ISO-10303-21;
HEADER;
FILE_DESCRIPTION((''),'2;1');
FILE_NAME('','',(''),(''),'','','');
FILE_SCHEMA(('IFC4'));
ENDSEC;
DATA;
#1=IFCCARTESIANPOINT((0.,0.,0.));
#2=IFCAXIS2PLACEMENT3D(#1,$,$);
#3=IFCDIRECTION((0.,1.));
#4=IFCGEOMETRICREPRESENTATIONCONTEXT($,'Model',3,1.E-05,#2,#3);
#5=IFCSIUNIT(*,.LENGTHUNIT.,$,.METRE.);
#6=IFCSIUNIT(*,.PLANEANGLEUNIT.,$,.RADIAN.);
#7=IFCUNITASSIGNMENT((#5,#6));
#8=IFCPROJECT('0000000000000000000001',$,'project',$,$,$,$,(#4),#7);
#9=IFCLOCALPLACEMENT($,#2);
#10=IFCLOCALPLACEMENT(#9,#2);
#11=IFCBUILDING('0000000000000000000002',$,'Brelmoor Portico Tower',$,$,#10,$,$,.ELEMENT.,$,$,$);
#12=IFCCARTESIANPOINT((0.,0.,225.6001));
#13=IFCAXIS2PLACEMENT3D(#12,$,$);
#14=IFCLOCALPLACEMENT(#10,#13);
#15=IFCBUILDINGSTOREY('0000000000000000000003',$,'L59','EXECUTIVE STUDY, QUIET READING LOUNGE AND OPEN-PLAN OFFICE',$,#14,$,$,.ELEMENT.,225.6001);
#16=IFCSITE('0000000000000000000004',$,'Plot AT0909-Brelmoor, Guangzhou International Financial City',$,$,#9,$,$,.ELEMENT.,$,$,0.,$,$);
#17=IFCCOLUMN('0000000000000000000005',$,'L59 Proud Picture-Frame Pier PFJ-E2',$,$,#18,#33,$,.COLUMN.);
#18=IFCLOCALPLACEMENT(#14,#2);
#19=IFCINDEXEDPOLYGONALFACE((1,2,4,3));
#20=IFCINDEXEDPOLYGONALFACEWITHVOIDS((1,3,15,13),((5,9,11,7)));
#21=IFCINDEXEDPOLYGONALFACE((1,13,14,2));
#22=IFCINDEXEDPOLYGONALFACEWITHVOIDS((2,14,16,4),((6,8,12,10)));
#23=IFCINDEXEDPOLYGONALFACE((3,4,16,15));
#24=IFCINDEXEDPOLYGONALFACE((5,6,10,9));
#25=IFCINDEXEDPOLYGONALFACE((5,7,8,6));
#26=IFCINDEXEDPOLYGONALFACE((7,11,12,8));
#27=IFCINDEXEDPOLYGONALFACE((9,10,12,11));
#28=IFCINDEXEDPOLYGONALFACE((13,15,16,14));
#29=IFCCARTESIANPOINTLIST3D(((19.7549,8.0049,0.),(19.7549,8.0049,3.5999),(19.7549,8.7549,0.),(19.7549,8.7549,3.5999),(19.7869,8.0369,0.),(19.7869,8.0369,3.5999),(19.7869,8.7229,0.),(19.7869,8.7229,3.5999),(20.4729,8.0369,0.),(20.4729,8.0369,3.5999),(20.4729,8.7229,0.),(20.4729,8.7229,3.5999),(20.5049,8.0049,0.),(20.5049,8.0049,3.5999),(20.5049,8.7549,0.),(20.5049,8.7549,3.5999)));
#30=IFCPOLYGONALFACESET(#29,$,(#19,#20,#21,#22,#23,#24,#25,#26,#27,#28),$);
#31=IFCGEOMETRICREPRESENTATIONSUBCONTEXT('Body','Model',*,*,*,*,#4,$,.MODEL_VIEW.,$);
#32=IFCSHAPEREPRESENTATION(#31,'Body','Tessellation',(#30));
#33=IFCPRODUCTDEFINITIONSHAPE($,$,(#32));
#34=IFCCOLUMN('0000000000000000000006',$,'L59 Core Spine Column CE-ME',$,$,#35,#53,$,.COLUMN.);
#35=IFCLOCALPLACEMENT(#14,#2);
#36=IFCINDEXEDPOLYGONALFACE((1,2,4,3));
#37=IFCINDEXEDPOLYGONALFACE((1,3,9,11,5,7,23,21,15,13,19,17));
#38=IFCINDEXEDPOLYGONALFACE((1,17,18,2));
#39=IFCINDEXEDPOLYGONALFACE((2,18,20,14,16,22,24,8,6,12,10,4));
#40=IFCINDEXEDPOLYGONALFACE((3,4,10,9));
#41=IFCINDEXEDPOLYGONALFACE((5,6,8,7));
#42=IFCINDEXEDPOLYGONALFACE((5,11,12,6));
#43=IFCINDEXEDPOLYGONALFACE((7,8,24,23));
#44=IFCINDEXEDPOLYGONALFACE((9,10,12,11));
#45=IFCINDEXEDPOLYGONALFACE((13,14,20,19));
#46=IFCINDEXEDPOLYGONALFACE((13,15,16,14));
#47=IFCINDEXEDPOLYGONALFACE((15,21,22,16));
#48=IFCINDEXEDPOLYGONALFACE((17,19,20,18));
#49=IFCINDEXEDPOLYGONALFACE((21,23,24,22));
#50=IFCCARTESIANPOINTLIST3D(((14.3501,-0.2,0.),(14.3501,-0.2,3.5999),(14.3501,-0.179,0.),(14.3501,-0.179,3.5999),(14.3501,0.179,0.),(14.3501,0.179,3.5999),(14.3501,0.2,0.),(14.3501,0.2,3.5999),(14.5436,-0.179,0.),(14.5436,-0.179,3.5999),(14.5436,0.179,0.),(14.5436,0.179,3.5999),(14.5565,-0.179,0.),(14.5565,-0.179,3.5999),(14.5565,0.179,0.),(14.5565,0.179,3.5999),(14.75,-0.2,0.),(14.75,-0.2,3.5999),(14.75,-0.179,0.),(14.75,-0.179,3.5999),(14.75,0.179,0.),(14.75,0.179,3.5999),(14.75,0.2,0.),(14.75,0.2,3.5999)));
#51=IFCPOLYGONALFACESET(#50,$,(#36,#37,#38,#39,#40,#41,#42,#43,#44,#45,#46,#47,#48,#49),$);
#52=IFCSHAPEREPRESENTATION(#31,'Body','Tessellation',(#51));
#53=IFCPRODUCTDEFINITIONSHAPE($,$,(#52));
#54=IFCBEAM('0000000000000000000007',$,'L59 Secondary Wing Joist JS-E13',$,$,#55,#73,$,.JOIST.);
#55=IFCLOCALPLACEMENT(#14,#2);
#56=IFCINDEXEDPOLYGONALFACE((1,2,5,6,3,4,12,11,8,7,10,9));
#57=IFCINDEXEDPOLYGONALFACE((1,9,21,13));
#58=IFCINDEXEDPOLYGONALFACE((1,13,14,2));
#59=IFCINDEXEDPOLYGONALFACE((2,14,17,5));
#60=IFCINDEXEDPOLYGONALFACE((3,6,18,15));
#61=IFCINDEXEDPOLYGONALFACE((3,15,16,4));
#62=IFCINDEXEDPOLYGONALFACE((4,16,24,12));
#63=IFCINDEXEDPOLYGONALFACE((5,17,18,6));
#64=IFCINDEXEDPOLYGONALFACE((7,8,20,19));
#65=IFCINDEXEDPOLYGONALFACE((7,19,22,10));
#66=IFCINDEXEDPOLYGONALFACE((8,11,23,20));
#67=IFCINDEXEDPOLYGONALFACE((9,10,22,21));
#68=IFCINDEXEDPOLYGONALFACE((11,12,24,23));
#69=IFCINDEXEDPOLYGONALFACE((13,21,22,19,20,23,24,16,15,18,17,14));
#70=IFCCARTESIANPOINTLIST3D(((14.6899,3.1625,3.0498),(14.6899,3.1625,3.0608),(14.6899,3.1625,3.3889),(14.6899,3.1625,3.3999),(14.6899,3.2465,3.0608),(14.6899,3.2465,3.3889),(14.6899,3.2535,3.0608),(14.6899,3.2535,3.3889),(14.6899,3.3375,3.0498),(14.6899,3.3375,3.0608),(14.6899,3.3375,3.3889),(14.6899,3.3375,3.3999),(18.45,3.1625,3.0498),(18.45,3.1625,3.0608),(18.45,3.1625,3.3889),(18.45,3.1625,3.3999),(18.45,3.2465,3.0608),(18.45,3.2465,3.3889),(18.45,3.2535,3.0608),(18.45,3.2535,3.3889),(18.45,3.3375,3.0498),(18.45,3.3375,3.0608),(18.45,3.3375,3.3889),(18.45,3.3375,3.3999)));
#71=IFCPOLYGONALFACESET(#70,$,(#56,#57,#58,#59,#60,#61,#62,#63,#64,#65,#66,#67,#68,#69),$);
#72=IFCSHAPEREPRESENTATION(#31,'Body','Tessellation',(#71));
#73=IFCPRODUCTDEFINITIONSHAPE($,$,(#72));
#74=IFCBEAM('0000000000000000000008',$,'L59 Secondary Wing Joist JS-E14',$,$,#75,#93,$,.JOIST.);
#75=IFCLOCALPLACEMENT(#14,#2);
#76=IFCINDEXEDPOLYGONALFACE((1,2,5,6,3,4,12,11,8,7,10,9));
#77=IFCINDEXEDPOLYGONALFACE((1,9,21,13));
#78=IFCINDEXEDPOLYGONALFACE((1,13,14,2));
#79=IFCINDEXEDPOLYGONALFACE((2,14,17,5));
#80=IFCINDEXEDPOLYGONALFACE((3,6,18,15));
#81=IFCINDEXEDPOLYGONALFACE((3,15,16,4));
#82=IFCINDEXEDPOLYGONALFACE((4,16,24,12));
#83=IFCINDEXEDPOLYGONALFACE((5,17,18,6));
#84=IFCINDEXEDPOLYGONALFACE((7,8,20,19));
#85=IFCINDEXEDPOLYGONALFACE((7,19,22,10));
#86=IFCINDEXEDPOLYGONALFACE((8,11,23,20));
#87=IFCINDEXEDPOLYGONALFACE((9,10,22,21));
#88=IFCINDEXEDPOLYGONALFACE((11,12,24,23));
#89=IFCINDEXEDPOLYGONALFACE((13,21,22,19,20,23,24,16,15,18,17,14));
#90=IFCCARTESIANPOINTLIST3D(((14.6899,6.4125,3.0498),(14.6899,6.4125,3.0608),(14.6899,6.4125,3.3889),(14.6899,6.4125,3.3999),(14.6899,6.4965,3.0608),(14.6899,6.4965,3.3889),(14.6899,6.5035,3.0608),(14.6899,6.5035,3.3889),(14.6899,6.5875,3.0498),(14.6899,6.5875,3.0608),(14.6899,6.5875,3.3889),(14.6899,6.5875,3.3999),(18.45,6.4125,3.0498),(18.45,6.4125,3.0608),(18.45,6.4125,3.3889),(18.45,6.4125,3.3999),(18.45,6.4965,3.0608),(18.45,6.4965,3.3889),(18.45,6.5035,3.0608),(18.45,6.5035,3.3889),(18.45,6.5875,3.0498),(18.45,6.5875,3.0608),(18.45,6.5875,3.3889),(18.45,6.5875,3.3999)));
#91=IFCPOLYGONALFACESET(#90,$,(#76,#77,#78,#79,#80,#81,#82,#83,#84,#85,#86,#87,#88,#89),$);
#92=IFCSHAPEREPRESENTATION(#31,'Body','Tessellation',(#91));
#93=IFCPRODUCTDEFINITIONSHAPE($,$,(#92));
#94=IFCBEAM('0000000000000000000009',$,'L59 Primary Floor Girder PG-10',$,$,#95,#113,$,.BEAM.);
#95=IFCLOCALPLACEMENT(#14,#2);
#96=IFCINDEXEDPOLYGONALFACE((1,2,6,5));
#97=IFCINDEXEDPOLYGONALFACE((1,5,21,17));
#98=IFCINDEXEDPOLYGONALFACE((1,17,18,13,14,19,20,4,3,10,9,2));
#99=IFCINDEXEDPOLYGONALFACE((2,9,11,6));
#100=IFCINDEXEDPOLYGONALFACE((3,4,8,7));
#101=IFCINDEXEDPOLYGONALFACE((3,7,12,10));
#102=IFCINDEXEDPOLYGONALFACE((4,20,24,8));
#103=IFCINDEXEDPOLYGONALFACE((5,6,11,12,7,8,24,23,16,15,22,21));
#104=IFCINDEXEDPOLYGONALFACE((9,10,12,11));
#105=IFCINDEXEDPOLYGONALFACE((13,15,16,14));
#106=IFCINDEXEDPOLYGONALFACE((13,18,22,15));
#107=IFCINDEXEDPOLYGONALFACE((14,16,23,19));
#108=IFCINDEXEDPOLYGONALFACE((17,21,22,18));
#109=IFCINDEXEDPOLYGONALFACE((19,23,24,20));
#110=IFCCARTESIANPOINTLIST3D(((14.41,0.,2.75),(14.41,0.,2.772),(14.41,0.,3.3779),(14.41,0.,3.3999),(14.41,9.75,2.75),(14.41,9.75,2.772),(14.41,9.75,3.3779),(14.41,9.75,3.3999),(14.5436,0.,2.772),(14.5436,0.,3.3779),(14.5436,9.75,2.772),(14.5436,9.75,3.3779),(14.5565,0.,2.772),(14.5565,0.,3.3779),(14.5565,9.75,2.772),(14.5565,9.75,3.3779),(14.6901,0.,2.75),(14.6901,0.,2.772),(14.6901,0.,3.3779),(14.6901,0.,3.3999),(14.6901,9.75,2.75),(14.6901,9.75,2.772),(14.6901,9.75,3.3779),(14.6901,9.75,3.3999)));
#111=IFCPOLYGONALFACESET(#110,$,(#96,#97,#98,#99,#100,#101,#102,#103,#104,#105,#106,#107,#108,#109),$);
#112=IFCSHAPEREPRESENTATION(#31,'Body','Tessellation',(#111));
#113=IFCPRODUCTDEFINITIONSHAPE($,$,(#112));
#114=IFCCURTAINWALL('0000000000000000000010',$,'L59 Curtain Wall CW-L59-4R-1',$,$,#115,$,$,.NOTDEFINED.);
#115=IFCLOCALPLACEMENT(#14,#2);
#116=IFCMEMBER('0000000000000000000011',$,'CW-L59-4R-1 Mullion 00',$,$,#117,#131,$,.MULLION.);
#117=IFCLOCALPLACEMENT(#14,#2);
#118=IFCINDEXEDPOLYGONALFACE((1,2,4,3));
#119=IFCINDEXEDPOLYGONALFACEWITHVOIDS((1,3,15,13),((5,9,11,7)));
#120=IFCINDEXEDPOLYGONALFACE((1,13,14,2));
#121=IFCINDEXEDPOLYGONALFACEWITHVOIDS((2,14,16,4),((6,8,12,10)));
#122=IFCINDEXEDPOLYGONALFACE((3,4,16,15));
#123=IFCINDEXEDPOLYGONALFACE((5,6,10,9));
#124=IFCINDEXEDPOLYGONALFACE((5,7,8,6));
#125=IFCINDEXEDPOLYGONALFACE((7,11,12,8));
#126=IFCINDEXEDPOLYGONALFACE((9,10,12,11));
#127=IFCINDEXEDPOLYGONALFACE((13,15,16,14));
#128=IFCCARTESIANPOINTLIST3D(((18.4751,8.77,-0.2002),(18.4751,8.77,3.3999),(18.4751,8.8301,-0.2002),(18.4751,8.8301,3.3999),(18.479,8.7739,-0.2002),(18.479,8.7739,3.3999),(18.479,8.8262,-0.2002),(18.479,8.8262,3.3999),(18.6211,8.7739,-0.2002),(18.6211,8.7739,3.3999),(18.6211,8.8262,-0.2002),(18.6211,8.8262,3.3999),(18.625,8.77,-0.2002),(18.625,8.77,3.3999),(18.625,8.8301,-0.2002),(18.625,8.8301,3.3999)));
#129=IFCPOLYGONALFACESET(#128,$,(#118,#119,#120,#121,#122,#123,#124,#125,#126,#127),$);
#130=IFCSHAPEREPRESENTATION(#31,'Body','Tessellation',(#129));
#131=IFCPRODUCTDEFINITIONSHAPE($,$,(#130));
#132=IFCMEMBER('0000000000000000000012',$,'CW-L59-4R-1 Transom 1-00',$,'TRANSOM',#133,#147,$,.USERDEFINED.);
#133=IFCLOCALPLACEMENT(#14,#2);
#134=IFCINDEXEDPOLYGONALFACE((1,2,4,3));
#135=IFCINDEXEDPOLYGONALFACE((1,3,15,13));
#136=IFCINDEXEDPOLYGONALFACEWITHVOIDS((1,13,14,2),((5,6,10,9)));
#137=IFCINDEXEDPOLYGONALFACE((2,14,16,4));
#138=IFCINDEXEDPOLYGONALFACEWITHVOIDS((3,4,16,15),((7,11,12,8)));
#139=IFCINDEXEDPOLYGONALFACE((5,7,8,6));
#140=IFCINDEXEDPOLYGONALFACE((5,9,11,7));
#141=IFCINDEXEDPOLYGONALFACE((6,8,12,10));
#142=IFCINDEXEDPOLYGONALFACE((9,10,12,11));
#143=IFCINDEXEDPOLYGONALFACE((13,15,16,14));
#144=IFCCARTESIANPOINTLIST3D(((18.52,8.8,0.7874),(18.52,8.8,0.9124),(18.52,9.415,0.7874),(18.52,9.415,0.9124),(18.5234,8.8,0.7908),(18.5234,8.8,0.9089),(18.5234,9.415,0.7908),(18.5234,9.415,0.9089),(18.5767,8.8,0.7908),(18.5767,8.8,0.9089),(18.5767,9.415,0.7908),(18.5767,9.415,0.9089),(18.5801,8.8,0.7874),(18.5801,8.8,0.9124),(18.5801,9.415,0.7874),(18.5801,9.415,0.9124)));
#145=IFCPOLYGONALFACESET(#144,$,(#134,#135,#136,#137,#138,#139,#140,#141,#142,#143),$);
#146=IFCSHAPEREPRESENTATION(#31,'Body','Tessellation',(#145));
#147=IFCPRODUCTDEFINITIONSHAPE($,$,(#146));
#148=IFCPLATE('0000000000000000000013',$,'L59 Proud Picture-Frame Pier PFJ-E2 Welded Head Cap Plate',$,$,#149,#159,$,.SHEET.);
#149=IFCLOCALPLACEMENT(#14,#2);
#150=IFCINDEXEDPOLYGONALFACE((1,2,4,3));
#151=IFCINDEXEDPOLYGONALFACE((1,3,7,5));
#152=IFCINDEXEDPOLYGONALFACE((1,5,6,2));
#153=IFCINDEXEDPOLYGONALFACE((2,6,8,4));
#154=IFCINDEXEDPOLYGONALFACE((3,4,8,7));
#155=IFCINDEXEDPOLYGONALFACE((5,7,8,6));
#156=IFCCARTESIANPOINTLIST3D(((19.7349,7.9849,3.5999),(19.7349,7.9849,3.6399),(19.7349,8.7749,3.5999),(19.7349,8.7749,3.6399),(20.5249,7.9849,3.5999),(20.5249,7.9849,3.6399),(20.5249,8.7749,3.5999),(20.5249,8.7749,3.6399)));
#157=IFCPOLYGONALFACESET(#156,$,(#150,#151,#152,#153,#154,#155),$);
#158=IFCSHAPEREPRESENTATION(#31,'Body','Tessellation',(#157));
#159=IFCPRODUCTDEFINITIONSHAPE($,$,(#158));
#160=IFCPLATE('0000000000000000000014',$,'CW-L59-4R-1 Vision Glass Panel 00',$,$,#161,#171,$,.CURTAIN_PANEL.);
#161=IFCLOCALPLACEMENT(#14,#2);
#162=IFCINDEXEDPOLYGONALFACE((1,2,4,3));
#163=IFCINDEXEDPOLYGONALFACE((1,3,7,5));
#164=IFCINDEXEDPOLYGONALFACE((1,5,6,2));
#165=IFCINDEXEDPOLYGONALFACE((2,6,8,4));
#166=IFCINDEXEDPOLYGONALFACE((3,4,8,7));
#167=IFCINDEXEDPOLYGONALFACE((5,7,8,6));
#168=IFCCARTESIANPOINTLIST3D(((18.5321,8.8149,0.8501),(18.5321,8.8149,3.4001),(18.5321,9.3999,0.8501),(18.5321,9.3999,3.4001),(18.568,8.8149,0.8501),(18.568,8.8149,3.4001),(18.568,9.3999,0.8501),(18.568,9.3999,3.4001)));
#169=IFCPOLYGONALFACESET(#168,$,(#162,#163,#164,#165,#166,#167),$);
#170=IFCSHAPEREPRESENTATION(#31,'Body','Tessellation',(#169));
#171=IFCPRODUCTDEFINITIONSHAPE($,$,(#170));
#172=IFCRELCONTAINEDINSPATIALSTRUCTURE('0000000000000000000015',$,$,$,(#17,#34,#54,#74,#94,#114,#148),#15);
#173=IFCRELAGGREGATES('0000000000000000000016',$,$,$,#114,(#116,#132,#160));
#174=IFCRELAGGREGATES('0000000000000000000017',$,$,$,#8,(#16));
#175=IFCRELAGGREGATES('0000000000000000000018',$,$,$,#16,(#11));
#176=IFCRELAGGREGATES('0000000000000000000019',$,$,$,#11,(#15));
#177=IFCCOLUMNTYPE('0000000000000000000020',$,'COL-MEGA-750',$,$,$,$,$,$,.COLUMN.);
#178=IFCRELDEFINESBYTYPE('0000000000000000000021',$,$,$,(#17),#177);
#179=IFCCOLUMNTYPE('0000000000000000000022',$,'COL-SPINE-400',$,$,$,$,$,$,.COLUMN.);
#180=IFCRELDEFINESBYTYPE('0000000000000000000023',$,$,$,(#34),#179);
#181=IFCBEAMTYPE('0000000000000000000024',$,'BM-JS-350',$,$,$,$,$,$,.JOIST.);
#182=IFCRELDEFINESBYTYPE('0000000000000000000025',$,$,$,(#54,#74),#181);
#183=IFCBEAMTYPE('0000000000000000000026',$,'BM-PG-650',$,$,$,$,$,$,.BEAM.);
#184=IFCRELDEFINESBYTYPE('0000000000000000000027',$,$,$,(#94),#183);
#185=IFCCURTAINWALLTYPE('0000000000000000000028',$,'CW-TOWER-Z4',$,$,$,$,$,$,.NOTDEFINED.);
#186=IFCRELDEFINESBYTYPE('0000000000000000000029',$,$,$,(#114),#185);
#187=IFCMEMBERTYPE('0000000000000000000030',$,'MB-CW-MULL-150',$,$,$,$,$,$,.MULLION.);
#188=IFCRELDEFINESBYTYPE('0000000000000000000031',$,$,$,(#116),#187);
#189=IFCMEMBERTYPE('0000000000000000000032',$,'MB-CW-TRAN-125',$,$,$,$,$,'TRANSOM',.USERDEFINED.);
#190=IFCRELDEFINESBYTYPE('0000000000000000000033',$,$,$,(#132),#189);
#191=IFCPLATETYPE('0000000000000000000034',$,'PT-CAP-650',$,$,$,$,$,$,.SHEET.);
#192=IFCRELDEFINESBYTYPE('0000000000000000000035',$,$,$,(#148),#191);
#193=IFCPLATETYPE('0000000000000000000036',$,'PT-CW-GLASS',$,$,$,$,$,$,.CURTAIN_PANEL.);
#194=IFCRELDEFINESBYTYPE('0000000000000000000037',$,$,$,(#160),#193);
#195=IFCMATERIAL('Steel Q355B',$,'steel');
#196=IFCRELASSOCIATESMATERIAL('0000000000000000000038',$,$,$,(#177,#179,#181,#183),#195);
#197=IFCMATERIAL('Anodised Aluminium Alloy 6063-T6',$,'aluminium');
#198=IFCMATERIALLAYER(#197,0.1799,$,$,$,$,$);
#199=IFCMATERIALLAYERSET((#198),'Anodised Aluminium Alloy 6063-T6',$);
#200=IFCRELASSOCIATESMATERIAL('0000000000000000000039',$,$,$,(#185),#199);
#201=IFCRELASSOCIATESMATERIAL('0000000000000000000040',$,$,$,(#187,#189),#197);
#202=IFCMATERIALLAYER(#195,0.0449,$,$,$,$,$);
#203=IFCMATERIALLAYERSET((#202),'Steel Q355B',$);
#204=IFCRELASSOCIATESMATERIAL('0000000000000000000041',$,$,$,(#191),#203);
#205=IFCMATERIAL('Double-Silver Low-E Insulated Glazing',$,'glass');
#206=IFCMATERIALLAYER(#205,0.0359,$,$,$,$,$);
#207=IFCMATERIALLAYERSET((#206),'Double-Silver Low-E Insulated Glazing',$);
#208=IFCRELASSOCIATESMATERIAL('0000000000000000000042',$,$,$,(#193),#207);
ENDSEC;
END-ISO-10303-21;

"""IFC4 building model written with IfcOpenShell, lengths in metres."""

from ifc_helpers import new_model, si_unit, direction, frame, origin, origin_2d, place, context, subcontext, project, spatial, rectangle, hollow_rectangle, i_section, extrude, material, layer, layer_set, material_profile, profile_set, type_object, element, aggregate, save


model = new_model("IFC4")

# Units and contexts
model_context = context("Model", 3, precision=1e-05, world=origin(), true_north=direction((0.0, 1.0)))
body_context = subcontext(model_context, "Body", "Model", "MODEL_VIEW")
ifc_project = project(units=[si_unit("LENGTHUNIT", "METRE"), si_unit("PLANEANGLEUNIT", "RADIAN")], contexts=[model_context])

# Site, building, storey
site_placement = place(None, origin())
site = spatial("IfcSite", under=ifc_project, at=site_placement, Name="Plot AT0909-Brelmoor, Guangzhou International Financial City", CompositionType="ELEMENT", RefElevation=0.0)
building_placement = place(site_placement, origin())
building = spatial("IfcBuilding", under=site, at=building_placement, Name="Brelmoor Portico Tower", CompositionType="ELEMENT")
storey_placement = place(building_placement, frame((0.0, 0.0, 225.6001)))
storey = spatial("IfcBuildingStorey", under=building, at=storey_placement, Name="L59", Description="EXECUTIVE STUDY, QUIET READING LOUNGE AND OPEN-PLAN OFFICE", CompositionType="ELEMENT", Elevation=225.6001)

# Columns
ifc_material_1 = material(Name="Steel Q355B", Category="steel")
ifc_material_profile_1 = material_profile(ifc_material_1, hollow_rectangle(XDim=0.75, YDim=0.75, WallThickness=0.032, at=origin_2d()), Name="BOX 750x750x32")
ifc_profile_set_1 = profile_set([ifc_material_profile_1], Name="Steel Q355B")
column_type_1 = type_object("IfcColumnType", Name="COL-MEGA-750", PredefinedType="COLUMN", material=ifc_profile_set_1)
column_1_placement = place(storey_placement, frame((20.1299, 8.3799, 0.0), z_axis=(0.0, 0.0, 1.0), x_axis=(0.0, 1.0, 0.0)))
element("IfcColumn", 1, at=column_1_placement, inside=storey, type_object=column_type_1, Name="L59 Proud Picture-Frame Pier PFJ-E2", PredefinedType="COLUMN", context=body_context, shape_type="SweptSolid", body=[
    extrude(hollow_rectangle(XDim=0.75, YDim=0.75, WallThickness=0.032, at=origin_2d()), origin(), (0.0, 0.0, 1.0), 3.5999),
])
ifc_material_profile_2 = material_profile(ifc_material_1, i_section(OverallWidth=0.3999, OverallDepth=0.3999, WebThickness=0.0129, FlangeThickness=0.021, at=origin_2d()), Name="HW 400x400x13x21")
ifc_profile_set_2 = profile_set([ifc_material_profile_2], Name="Steel Q355B")
column_type_2 = type_object("IfcColumnType", Name="COL-SPINE-400", PredefinedType="COLUMN", material=ifc_profile_set_2)
column_2_placement = place(storey_placement, frame((14.55, 0.0, 0.0), z_axis=(0.0, 0.0, 1.0), x_axis=(1.0, 0.0, 0.0)))
element("IfcColumn", 2, at=column_2_placement, inside=storey, type_object=column_type_2, Name="L59 Core Spine Column CE-ME", PredefinedType="COLUMN", context=body_context, shape_type="SweptSolid", body=[
    extrude(i_section(OverallWidth=0.3999, OverallDepth=0.3999, WebThickness=0.0129, FlangeThickness=0.021, at=origin_2d()), origin(), (0.0, 0.0, 1.0), 3.5999),
])

# Beams
ifc_material_profile_3 = material_profile(ifc_material_1, i_section(OverallWidth=0.175, OverallDepth=0.3501, WebThickness=0.0071, FlangeThickness=0.011, at=origin_2d()), Name="HN 350x175x7x11")
ifc_profile_set_3 = profile_set([ifc_material_profile_3], Name="Steel Q355B")
beam_type_1 = type_object("IfcBeamType", Name="BM-JS-350", PredefinedType="JOIST", material=ifc_profile_set_3)
for number, where, z_axis, x_axis, name in (
    (3, (14.6899, 3.25, 3.2249), (1.0, 0.0, 0.0), (0.0, 1.0, 0.0), "L59 Secondary Wing Joist JS-E13"),
    (4, (14.6899, 6.5, 3.2249), (1.0, 0.0, 0.0), (0.0, 1.0, 0.0), "L59 Secondary Wing Joist JS-E14"),
):
    element("IfcBeam", number, at=place(storey_placement, frame(where, z_axis=z_axis, x_axis=x_axis)), inside=storey, type_object=beam_type_1, Name=name, PredefinedType="JOIST", context=body_context, shape_type="SweptSolid", body=[
        extrude(i_section(OverallWidth=0.175, OverallDepth=0.3501, WebThickness=0.0071, FlangeThickness=0.011, at=origin_2d()), origin(), (0.0, 0.0, 1.0), 3.76),
    ])
ifc_material_profile_4 = material_profile(ifc_material_1, i_section(OverallWidth=0.28, OverallDepth=0.6499, WebThickness=0.0129, FlangeThickness=0.022, at=origin_2d()), Name="HN 650x280x13x22")
ifc_profile_set_4 = profile_set([ifc_material_profile_4], Name="Steel Q355B")
beam_type_2 = type_object("IfcBeamType", Name="BM-PG-650", PredefinedType="BEAM", material=ifc_profile_set_4)
beam_placement = place(storey_placement, frame((14.55, 0.0, 3.075), z_axis=(0.0, 1.0, 0.0), x_axis=(-1.0, 0.0, 0.0)))
element("IfcBeam", 5, at=beam_placement, inside=storey, type_object=beam_type_2, Name="L59 Primary Floor Girder PG-10", PredefinedType="BEAM", context=body_context, shape_type="SweptSolid", body=[
    extrude(i_section(OverallWidth=0.28, OverallDepth=0.6499, WebThickness=0.0129, FlangeThickness=0.022, at=origin_2d()), origin(), (0.0, 0.0, 1.0), 9.75),
])

# Curtain wall, members
ifc_material_2 = material(Name="Anodised Aluminium Alloy 6063-T6", Category="aluminium")
ifc_layer_1 = layer(ifc_material_2, 0.1799)
ifc_layer_set_1 = layer_set([ifc_layer_1], Name="Anodised Aluminium Alloy 6063-T6")
curtain_wall_type = type_object("IfcCurtainWallType", Name="CW-TOWER-Z4", PredefinedType="NOTDEFINED", material=ifc_layer_set_1)
curtain_wall_placement = place(storey_placement, origin())
curtain_wall = element("IfcCurtainWall", 6, at=curtain_wall_placement, inside=storey, type_object=curtain_wall_type, Name="L59 Curtain Wall CW-L59-4R-1", PredefinedType="NOTDEFINED")
ifc_material_profile_5 = material_profile(ifc_material_2, hollow_rectangle(XDim=0.0601, YDim=0.1499, WallThickness=0.0039, at=origin_2d()), Name="ALU MULLION 60x150")
ifc_profile_set_5 = profile_set([ifc_material_profile_5], Name="Anodised Aluminium Alloy 6063-T6")
member_type_1 = type_object("IfcMemberType", Name="MB-CW-MULL-150", PredefinedType="MULLION", material=ifc_profile_set_5)
member_1_placement = place(storey_placement, frame((18.55, 8.8, -0.2002), z_axis=(0.0, 0.0, 1.0), x_axis=(0.0, 1.0, 0.0)))
member_1 = element("IfcMember", 7, at=member_1_placement, type_object=member_type_1, Name="CW-L59-4R-1 Mullion 00", PredefinedType="MULLION", context=body_context, shape_type="SweptSolid", body=[
    extrude(hollow_rectangle(XDim=0.0601, YDim=0.1499, WallThickness=0.0039, at=origin_2d()), origin(), (0.0, 0.0, 1.0), 3.6001),
])
ifc_material_profile_6 = material_profile(ifc_material_2, hollow_rectangle(XDim=0.0601, YDim=0.125, WallThickness=0.0034, at=origin_2d()), Name="ALU TRANSOM 60x125")
ifc_profile_set_6 = profile_set([ifc_material_profile_6], Name="Anodised Aluminium Alloy 6063-T6")
member_type_2 = type_object("IfcMemberType", Name="MB-CW-TRAN-125", ElementType="TRANSOM", PredefinedType="USERDEFINED", material=ifc_profile_set_6)
member_2_placement = place(storey_placement, frame((18.55, 8.8, 0.8499), z_axis=(0.0, 1.0, 0.0), x_axis=(-1.0, 0.0, 0.0)))
member_2 = element("IfcMember", 8, at=member_2_placement, type_object=member_type_2, Name="CW-L59-4R-1 Transom 1-00", ObjectType="TRANSOM", PredefinedType="USERDEFINED", context=body_context, shape_type="SweptSolid", body=[
    extrude(hollow_rectangle(XDim=0.0601, YDim=0.125, WallThickness=0.0034, at=origin_2d()), origin(), (0.0, 0.0, 1.0), 0.615),
])

# Plates
ifc_layer_2 = layer(ifc_material_1, 0.0449)
ifc_layer_set_2 = layer_set([ifc_layer_2], Name="Steel Q355B")
plate_type_1 = type_object("IfcPlateType", Name="PT-CAP-650", PredefinedType="SHEET", material=ifc_layer_set_2)
plate_1_placement = place(storey_placement, frame((20.1299, 8.3799, 3.5999), z_axis=(0.0, 0.0, 1.0), x_axis=(0.0, 1.0, 0.0)))
element("IfcPlate", 9, at=plate_1_placement, inside=storey, type_object=plate_type_1, Name="L59 Proud Picture-Frame Pier PFJ-E2 Welded Head Cap Plate", PredefinedType="SHEET", context=body_context, shape_type="SweptSolid", body=[
    extrude(rectangle(XDim=0.79, YDim=0.79, at=origin_2d()), origin(), (0.0, 0.0, 1.0), 0.04),
])
ifc_material_3 = material(Name="Double-Silver Low-E Insulated Glazing", Category="glass")
ifc_layer_3 = layer(ifc_material_3, 0.0359)
ifc_layer_set_3 = layer_set([ifc_layer_3], Name="Double-Silver Low-E Insulated Glazing")
plate_type_2 = type_object("IfcPlateType", Name="PT-CW-GLASS", PredefinedType="CURTAIN_PANEL", material=ifc_layer_set_3)
plate_2_placement = place(storey_placement, frame((18.55, 9.1074, 0.8501), z_axis=(0.0, 0.0, 1.0), x_axis=(0.0, 1.0, 0.0)))
plate_2 = element("IfcPlate", 10, at=plate_2_placement, type_object=plate_type_2, Name="CW-L59-4R-1 Vision Glass Panel 00", PredefinedType="CURTAIN_PANEL", context=body_context, shape_type="SweptSolid", body=[
    extrude(rectangle(XDim=0.585, YDim=0.0359, at=origin_2d()), origin(), (0.0, 0.0, 1.0), 2.55),
])
aggregate(curtain_wall, [member_1, member_2, plate_2])

save(model, "model.ifc")
